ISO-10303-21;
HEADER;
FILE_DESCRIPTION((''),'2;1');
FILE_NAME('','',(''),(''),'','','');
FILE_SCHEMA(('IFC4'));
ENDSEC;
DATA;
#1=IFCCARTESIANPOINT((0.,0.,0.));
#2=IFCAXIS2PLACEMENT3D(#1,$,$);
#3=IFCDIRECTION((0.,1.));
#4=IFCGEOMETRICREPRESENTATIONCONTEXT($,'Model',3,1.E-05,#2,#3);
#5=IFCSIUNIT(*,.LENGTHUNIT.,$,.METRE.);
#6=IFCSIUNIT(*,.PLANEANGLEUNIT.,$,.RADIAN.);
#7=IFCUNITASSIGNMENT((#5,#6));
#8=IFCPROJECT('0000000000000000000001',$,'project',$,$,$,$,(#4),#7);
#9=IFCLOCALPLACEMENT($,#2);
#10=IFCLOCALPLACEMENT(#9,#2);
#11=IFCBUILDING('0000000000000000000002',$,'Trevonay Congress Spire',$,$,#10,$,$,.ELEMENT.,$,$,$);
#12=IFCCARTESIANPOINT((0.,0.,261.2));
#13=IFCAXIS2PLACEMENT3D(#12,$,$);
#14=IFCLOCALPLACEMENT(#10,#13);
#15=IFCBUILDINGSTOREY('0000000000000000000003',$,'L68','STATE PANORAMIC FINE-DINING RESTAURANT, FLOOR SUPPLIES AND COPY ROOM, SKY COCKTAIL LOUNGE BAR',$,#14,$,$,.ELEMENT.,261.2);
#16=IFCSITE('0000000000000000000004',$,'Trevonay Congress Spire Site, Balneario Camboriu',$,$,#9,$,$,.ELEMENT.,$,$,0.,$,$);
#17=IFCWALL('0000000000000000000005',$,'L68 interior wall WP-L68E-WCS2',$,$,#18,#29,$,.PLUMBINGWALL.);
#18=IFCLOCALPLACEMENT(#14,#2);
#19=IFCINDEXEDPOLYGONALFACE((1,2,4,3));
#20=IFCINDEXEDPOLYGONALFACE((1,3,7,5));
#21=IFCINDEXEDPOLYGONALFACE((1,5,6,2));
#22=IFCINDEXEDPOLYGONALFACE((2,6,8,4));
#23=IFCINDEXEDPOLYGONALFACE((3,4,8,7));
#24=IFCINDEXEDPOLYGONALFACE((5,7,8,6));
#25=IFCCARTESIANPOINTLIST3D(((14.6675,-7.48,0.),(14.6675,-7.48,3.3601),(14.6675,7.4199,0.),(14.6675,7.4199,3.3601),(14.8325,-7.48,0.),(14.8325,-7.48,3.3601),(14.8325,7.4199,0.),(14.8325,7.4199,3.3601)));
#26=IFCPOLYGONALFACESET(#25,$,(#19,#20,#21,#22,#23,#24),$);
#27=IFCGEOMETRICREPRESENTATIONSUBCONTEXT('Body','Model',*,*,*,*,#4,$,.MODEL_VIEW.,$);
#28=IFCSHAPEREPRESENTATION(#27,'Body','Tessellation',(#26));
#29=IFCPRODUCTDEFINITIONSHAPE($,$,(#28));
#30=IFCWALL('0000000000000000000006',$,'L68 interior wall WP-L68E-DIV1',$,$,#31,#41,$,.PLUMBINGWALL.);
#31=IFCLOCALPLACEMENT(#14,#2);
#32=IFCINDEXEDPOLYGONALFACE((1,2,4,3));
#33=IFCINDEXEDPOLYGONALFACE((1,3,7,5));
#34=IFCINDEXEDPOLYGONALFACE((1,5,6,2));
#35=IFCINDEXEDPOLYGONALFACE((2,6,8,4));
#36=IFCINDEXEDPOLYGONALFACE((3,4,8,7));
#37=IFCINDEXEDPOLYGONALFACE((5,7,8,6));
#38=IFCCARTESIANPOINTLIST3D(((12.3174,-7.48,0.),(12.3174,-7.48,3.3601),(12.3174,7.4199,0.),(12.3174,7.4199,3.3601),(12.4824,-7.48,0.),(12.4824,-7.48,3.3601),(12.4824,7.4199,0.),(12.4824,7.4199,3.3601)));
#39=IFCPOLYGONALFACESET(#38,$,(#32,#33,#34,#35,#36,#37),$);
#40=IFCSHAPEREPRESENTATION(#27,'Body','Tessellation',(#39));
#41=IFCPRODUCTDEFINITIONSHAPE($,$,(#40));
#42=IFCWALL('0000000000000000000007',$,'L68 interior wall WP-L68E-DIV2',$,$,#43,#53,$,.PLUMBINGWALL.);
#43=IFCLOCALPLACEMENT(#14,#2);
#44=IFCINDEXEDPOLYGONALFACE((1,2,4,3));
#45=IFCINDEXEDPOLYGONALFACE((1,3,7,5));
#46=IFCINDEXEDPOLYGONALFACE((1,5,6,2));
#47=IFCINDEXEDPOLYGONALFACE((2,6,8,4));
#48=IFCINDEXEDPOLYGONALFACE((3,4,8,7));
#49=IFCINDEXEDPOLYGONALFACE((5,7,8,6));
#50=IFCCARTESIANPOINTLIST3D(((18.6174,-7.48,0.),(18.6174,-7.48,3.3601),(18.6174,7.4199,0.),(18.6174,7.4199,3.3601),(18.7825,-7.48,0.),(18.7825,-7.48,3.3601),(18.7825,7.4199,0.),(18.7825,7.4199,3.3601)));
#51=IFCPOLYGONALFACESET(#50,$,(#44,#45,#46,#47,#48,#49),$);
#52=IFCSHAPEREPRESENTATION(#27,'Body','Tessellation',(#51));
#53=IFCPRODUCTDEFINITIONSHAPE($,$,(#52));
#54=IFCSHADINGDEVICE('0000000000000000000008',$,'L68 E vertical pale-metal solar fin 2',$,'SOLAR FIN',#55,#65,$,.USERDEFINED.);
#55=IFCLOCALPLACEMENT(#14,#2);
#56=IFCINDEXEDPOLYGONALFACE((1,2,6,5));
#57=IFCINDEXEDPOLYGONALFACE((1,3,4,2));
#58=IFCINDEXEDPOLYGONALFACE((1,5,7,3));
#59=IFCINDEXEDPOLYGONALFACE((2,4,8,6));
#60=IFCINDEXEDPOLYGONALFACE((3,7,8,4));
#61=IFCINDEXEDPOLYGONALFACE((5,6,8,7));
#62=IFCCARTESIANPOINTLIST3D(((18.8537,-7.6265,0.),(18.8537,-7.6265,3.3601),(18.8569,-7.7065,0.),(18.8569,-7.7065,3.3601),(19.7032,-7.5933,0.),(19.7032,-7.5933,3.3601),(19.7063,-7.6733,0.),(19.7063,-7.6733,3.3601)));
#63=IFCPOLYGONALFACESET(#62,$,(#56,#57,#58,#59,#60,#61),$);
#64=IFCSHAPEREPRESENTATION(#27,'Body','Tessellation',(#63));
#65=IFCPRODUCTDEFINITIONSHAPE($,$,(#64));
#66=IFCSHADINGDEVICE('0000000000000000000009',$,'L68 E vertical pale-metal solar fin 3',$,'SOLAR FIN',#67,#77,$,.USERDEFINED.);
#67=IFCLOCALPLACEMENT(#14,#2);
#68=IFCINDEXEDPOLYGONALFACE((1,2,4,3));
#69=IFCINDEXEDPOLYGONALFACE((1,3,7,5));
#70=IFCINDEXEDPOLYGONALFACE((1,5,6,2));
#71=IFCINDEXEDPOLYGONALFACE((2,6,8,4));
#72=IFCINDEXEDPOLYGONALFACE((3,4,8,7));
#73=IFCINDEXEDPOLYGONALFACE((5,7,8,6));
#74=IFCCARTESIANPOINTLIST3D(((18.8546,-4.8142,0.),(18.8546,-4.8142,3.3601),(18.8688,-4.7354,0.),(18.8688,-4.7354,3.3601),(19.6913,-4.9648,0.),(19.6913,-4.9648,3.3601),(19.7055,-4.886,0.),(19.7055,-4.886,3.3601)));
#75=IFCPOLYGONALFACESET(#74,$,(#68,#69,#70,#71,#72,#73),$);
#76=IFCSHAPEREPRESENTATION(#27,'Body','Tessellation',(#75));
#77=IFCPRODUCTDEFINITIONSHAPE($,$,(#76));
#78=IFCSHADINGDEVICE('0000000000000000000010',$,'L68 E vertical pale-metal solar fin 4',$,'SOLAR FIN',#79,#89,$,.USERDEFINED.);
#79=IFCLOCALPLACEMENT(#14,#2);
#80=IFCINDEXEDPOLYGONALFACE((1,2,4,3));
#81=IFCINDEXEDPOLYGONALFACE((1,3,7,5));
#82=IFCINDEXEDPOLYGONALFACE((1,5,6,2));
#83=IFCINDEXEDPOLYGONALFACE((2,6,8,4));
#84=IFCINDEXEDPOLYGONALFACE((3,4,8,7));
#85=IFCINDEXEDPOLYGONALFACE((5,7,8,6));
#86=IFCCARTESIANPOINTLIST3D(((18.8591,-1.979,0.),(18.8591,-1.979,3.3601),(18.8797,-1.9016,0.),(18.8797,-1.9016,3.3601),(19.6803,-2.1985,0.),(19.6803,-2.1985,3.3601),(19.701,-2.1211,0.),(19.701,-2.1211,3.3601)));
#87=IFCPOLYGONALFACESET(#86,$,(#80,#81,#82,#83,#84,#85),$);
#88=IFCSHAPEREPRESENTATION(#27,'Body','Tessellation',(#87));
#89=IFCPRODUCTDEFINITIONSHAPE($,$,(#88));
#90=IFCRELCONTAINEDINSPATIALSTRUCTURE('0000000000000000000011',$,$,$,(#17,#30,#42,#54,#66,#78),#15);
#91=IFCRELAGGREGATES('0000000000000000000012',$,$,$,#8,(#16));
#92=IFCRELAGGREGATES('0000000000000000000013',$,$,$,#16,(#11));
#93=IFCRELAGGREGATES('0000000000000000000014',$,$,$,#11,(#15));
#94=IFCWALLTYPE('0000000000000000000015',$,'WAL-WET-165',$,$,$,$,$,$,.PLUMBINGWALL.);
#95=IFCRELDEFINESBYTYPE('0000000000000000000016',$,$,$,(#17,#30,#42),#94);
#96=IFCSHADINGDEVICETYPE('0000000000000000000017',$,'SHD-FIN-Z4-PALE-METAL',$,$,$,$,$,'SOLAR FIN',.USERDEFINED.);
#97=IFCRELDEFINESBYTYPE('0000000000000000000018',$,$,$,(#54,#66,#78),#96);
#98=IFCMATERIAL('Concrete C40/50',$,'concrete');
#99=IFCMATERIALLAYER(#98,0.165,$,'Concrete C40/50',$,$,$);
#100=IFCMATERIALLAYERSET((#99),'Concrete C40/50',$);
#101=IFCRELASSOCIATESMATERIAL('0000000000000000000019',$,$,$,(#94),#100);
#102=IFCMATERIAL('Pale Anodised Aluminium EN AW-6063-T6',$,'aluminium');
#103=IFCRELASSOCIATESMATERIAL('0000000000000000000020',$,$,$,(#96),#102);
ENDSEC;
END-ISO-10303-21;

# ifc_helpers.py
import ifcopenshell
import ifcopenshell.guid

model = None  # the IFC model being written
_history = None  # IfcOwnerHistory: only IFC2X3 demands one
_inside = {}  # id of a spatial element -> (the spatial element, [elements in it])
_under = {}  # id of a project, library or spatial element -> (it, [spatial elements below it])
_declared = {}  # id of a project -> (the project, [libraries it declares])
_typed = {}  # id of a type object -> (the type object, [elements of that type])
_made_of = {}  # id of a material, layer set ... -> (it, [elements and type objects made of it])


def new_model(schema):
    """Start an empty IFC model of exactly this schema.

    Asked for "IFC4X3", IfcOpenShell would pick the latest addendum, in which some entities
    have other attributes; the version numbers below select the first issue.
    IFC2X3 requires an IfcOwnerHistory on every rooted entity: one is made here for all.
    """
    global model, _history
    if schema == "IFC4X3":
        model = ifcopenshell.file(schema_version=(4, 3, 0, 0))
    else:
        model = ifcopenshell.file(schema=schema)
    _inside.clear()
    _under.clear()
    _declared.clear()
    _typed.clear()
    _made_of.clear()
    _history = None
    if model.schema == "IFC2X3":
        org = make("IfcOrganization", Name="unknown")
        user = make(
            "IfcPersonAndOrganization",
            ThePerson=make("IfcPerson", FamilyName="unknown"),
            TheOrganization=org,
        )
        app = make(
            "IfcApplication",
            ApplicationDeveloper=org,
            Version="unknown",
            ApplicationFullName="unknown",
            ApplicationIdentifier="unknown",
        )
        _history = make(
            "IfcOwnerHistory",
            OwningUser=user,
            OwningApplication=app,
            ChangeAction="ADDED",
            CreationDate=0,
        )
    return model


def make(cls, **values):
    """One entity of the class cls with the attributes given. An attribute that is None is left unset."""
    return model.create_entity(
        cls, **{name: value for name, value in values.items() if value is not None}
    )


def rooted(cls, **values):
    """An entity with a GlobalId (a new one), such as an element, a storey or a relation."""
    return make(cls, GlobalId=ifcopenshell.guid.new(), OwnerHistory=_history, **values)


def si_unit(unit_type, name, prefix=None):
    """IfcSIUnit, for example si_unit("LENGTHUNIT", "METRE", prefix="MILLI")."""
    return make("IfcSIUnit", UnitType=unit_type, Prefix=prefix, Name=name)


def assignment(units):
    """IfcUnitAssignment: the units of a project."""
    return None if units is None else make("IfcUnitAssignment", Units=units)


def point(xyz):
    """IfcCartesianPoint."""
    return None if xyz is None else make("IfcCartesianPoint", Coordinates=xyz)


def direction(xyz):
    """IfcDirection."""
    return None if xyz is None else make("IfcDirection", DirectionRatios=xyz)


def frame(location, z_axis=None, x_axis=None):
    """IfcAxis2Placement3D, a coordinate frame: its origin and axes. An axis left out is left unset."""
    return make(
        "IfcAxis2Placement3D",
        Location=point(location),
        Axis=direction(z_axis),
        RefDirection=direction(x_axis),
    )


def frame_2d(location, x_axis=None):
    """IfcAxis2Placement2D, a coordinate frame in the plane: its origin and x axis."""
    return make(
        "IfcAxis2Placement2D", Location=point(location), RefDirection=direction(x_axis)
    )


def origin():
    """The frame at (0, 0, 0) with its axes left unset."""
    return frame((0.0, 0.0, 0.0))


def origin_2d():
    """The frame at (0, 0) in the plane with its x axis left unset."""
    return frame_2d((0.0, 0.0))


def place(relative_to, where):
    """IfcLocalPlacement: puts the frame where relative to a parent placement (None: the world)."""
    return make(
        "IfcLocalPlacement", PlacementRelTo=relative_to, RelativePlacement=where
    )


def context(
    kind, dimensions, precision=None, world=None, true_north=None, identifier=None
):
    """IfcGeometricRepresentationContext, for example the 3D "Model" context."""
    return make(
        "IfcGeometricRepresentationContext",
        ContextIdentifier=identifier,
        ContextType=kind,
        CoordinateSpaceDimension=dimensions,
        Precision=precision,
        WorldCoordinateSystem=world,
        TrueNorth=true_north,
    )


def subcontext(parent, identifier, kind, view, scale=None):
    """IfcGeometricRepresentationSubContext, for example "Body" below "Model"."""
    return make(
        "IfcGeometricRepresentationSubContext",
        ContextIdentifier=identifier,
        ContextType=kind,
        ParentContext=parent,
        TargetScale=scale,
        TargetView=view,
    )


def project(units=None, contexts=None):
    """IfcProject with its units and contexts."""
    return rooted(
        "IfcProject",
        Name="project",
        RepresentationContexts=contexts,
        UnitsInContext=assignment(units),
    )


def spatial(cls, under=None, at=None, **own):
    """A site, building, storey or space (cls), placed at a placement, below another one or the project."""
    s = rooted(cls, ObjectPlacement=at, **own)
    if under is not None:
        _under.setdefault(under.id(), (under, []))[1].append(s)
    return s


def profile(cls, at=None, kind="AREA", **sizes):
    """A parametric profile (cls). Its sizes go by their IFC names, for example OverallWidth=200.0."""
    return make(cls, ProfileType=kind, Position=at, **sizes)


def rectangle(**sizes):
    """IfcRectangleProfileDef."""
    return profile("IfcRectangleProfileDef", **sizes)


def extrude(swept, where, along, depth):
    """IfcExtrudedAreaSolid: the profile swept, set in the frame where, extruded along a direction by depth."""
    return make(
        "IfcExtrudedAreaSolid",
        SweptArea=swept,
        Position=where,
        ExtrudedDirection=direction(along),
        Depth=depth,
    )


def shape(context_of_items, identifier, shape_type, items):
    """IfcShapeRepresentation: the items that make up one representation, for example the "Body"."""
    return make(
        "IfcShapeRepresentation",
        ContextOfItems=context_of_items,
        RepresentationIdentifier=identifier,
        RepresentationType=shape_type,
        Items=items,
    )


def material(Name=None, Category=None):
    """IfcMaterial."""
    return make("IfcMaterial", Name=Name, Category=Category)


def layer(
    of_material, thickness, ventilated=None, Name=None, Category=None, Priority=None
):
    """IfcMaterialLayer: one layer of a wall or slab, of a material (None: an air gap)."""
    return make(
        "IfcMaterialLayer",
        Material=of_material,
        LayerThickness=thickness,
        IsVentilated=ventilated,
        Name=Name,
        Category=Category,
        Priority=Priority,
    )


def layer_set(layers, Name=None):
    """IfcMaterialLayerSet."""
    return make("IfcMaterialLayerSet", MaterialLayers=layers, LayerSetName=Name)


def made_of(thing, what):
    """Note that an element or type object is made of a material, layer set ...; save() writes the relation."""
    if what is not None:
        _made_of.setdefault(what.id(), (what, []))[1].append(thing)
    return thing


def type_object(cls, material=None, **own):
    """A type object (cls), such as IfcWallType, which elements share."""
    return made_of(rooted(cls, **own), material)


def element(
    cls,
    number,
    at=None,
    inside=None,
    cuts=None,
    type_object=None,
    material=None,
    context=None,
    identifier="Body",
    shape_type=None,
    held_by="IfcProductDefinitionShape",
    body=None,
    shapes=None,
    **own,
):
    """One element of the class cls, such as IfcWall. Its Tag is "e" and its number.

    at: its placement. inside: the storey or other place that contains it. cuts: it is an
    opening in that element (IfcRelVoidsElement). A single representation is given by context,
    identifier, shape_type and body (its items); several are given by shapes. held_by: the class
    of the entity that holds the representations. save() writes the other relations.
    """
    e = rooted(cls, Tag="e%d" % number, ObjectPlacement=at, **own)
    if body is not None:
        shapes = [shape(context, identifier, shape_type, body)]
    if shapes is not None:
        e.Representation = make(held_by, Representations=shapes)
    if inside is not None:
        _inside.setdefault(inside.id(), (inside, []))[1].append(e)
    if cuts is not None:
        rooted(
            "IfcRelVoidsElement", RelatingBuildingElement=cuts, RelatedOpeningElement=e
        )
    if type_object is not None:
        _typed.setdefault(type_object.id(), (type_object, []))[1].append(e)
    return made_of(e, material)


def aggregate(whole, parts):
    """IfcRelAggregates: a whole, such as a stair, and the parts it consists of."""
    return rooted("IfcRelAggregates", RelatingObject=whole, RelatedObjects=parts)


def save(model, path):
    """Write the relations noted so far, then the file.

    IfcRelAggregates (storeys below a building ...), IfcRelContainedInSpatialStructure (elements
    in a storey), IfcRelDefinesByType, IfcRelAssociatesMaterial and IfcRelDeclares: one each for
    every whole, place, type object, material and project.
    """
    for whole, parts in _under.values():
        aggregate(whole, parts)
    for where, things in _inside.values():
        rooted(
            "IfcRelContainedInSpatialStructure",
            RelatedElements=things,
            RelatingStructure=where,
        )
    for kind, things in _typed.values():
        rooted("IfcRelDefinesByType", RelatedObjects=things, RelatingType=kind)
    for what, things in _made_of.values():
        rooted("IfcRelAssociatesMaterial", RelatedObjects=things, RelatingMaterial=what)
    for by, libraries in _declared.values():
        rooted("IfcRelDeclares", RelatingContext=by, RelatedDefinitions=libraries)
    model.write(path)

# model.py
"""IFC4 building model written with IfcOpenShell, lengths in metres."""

from ifc_helpers import new_model, si_unit, direction, frame, frame_2d, origin, origin_2d, place, context, subcontext, project, spatial, rectangle, extrude, material, layer, layer_set, type_object, element, save


model = new_model("IFC4")

# Units and contexts
model_context = context("Model", 3, precision=1e-05, world=origin(), true_north=direction((0.0, 1.0)))
body_context = subcontext(model_context, "Body", "Model", "MODEL_VIEW")
ifc_project = project(units=[si_unit("LENGTHUNIT", "METRE"), si_unit("PLANEANGLEUNIT", "RADIAN")], contexts=[model_context])

# Site, building, storey
site_placement = place(None, origin())
site = spatial("IfcSite", under=ifc_project, at=site_placement, Name="Trevonay Congress Spire Site, Balneario Camboriu", CompositionType="ELEMENT", RefElevation=0.0)
building_placement = place(site_placement, origin())
building = spatial("IfcBuilding", under=site, at=building_placement, Name="Trevonay Congress Spire", CompositionType="ELEMENT")
storey_placement = place(building_placement, frame((0.0, 0.0, 261.2)))
storey = spatial("IfcBuildingStorey", under=building, at=storey_placement, Name="L68", Description="STATE PANORAMIC FINE-DINING RESTAURANT, FLOOR SUPPLIES AND COPY ROOM, SKY COCKTAIL LOUNGE BAR", CompositionType="ELEMENT", Elevation=261.2)

# Shared definitions
ifc_material_1 = material(Name="Pale Anodised Aluminium EN AW-6063-T6", Category="aluminium")

# Shared definitions
ifc_material_2 = material(Name="Concrete C40/50", Category="concrete")

# Walls
ifc_layer_1 = layer(ifc_material_2, 0.165, Name="Concrete C40/50")
ifc_layer_set_1 = layer_set([ifc_layer_1], Name="Concrete C40/50")
wall_type_1 = type_object("IfcWallType", Name="WAL-WET-165", PredefinedType="PLUMBINGWALL", material=ifc_layer_set_1)
for number, where, z_axis, x_axis, name in (
    (1, (14.75, -7.48, 0.0), (0.0, 0.0, 1.0), (0.0, 1.0, 0.0), "L68 interior wall WP-L68E-WCS2"),
    (2, (12.3999, -7.48, 0.0), (0.0, 0.0, 1.0), (0.0, 1.0, 0.0), "L68 interior wall WP-L68E-DIV1"),
    (3, (18.7, -7.48, 0.0), (0.0, 0.0, 1.0), (0.0, 1.0, 0.0), "L68 interior wall WP-L68E-DIV2"),
):
    element("IfcWall", number, at=place(storey_placement, frame(where, z_axis=z_axis, x_axis=x_axis)), inside=storey, type_object=wall_type_1, Name=name, PredefinedType="PLUMBINGWALL", context=body_context, shape_type="SweptSolid", body=[
        extrude(rectangle(XDim=14.8999, YDim=0.165, at=frame_2d((7.45, 0.0))), origin(), (0.0, 0.0, 1.0), 3.3601),
    ])

# Shading devices
shading_device_type = type_object("IfcShadingDeviceType", Name="SHD-FIN-Z4-PALE-METAL", ElementType="SOLAR FIN", PredefinedType="USERDEFINED", material=ifc_material_1)
for number, where, z_axis, x_axis, name in (
    (4, (19.28, -7.6499, 0.0), (0.0, 0.0, 1.0), (-0.039085, 0.999236, 0.0), "L68 E vertical pale-metal solar fin 2"),
    (5, (19.28, -4.8501, 0.0), (0.0, 0.0, 1.0), (0.177085, 0.984196, 0.0), "L68 E vertical pale-metal solar fin 3"),
    (6, (19.28, -2.05, 0.0), (0.0, 0.0, 1.0), (0.258145, 0.966106, 0.0), "L68 E vertical pale-metal solar fin 4"),
):
    element("IfcShadingDevice", number, at=place(storey_placement, frame(where, z_axis=z_axis, x_axis=x_axis)), inside=storey, type_object=shading_device_type, Name=name, ObjectType="SOLAR FIN", PredefinedType="USERDEFINED", context=body_context, shape_type="SweptSolid", body=[
        extrude(rectangle(XDim=0.0801, YDim=0.8501, at=origin_2d()), origin(), (0.0, 0.0, 1.0), 3.3601),
    ])

save(model, "model.ifc")
